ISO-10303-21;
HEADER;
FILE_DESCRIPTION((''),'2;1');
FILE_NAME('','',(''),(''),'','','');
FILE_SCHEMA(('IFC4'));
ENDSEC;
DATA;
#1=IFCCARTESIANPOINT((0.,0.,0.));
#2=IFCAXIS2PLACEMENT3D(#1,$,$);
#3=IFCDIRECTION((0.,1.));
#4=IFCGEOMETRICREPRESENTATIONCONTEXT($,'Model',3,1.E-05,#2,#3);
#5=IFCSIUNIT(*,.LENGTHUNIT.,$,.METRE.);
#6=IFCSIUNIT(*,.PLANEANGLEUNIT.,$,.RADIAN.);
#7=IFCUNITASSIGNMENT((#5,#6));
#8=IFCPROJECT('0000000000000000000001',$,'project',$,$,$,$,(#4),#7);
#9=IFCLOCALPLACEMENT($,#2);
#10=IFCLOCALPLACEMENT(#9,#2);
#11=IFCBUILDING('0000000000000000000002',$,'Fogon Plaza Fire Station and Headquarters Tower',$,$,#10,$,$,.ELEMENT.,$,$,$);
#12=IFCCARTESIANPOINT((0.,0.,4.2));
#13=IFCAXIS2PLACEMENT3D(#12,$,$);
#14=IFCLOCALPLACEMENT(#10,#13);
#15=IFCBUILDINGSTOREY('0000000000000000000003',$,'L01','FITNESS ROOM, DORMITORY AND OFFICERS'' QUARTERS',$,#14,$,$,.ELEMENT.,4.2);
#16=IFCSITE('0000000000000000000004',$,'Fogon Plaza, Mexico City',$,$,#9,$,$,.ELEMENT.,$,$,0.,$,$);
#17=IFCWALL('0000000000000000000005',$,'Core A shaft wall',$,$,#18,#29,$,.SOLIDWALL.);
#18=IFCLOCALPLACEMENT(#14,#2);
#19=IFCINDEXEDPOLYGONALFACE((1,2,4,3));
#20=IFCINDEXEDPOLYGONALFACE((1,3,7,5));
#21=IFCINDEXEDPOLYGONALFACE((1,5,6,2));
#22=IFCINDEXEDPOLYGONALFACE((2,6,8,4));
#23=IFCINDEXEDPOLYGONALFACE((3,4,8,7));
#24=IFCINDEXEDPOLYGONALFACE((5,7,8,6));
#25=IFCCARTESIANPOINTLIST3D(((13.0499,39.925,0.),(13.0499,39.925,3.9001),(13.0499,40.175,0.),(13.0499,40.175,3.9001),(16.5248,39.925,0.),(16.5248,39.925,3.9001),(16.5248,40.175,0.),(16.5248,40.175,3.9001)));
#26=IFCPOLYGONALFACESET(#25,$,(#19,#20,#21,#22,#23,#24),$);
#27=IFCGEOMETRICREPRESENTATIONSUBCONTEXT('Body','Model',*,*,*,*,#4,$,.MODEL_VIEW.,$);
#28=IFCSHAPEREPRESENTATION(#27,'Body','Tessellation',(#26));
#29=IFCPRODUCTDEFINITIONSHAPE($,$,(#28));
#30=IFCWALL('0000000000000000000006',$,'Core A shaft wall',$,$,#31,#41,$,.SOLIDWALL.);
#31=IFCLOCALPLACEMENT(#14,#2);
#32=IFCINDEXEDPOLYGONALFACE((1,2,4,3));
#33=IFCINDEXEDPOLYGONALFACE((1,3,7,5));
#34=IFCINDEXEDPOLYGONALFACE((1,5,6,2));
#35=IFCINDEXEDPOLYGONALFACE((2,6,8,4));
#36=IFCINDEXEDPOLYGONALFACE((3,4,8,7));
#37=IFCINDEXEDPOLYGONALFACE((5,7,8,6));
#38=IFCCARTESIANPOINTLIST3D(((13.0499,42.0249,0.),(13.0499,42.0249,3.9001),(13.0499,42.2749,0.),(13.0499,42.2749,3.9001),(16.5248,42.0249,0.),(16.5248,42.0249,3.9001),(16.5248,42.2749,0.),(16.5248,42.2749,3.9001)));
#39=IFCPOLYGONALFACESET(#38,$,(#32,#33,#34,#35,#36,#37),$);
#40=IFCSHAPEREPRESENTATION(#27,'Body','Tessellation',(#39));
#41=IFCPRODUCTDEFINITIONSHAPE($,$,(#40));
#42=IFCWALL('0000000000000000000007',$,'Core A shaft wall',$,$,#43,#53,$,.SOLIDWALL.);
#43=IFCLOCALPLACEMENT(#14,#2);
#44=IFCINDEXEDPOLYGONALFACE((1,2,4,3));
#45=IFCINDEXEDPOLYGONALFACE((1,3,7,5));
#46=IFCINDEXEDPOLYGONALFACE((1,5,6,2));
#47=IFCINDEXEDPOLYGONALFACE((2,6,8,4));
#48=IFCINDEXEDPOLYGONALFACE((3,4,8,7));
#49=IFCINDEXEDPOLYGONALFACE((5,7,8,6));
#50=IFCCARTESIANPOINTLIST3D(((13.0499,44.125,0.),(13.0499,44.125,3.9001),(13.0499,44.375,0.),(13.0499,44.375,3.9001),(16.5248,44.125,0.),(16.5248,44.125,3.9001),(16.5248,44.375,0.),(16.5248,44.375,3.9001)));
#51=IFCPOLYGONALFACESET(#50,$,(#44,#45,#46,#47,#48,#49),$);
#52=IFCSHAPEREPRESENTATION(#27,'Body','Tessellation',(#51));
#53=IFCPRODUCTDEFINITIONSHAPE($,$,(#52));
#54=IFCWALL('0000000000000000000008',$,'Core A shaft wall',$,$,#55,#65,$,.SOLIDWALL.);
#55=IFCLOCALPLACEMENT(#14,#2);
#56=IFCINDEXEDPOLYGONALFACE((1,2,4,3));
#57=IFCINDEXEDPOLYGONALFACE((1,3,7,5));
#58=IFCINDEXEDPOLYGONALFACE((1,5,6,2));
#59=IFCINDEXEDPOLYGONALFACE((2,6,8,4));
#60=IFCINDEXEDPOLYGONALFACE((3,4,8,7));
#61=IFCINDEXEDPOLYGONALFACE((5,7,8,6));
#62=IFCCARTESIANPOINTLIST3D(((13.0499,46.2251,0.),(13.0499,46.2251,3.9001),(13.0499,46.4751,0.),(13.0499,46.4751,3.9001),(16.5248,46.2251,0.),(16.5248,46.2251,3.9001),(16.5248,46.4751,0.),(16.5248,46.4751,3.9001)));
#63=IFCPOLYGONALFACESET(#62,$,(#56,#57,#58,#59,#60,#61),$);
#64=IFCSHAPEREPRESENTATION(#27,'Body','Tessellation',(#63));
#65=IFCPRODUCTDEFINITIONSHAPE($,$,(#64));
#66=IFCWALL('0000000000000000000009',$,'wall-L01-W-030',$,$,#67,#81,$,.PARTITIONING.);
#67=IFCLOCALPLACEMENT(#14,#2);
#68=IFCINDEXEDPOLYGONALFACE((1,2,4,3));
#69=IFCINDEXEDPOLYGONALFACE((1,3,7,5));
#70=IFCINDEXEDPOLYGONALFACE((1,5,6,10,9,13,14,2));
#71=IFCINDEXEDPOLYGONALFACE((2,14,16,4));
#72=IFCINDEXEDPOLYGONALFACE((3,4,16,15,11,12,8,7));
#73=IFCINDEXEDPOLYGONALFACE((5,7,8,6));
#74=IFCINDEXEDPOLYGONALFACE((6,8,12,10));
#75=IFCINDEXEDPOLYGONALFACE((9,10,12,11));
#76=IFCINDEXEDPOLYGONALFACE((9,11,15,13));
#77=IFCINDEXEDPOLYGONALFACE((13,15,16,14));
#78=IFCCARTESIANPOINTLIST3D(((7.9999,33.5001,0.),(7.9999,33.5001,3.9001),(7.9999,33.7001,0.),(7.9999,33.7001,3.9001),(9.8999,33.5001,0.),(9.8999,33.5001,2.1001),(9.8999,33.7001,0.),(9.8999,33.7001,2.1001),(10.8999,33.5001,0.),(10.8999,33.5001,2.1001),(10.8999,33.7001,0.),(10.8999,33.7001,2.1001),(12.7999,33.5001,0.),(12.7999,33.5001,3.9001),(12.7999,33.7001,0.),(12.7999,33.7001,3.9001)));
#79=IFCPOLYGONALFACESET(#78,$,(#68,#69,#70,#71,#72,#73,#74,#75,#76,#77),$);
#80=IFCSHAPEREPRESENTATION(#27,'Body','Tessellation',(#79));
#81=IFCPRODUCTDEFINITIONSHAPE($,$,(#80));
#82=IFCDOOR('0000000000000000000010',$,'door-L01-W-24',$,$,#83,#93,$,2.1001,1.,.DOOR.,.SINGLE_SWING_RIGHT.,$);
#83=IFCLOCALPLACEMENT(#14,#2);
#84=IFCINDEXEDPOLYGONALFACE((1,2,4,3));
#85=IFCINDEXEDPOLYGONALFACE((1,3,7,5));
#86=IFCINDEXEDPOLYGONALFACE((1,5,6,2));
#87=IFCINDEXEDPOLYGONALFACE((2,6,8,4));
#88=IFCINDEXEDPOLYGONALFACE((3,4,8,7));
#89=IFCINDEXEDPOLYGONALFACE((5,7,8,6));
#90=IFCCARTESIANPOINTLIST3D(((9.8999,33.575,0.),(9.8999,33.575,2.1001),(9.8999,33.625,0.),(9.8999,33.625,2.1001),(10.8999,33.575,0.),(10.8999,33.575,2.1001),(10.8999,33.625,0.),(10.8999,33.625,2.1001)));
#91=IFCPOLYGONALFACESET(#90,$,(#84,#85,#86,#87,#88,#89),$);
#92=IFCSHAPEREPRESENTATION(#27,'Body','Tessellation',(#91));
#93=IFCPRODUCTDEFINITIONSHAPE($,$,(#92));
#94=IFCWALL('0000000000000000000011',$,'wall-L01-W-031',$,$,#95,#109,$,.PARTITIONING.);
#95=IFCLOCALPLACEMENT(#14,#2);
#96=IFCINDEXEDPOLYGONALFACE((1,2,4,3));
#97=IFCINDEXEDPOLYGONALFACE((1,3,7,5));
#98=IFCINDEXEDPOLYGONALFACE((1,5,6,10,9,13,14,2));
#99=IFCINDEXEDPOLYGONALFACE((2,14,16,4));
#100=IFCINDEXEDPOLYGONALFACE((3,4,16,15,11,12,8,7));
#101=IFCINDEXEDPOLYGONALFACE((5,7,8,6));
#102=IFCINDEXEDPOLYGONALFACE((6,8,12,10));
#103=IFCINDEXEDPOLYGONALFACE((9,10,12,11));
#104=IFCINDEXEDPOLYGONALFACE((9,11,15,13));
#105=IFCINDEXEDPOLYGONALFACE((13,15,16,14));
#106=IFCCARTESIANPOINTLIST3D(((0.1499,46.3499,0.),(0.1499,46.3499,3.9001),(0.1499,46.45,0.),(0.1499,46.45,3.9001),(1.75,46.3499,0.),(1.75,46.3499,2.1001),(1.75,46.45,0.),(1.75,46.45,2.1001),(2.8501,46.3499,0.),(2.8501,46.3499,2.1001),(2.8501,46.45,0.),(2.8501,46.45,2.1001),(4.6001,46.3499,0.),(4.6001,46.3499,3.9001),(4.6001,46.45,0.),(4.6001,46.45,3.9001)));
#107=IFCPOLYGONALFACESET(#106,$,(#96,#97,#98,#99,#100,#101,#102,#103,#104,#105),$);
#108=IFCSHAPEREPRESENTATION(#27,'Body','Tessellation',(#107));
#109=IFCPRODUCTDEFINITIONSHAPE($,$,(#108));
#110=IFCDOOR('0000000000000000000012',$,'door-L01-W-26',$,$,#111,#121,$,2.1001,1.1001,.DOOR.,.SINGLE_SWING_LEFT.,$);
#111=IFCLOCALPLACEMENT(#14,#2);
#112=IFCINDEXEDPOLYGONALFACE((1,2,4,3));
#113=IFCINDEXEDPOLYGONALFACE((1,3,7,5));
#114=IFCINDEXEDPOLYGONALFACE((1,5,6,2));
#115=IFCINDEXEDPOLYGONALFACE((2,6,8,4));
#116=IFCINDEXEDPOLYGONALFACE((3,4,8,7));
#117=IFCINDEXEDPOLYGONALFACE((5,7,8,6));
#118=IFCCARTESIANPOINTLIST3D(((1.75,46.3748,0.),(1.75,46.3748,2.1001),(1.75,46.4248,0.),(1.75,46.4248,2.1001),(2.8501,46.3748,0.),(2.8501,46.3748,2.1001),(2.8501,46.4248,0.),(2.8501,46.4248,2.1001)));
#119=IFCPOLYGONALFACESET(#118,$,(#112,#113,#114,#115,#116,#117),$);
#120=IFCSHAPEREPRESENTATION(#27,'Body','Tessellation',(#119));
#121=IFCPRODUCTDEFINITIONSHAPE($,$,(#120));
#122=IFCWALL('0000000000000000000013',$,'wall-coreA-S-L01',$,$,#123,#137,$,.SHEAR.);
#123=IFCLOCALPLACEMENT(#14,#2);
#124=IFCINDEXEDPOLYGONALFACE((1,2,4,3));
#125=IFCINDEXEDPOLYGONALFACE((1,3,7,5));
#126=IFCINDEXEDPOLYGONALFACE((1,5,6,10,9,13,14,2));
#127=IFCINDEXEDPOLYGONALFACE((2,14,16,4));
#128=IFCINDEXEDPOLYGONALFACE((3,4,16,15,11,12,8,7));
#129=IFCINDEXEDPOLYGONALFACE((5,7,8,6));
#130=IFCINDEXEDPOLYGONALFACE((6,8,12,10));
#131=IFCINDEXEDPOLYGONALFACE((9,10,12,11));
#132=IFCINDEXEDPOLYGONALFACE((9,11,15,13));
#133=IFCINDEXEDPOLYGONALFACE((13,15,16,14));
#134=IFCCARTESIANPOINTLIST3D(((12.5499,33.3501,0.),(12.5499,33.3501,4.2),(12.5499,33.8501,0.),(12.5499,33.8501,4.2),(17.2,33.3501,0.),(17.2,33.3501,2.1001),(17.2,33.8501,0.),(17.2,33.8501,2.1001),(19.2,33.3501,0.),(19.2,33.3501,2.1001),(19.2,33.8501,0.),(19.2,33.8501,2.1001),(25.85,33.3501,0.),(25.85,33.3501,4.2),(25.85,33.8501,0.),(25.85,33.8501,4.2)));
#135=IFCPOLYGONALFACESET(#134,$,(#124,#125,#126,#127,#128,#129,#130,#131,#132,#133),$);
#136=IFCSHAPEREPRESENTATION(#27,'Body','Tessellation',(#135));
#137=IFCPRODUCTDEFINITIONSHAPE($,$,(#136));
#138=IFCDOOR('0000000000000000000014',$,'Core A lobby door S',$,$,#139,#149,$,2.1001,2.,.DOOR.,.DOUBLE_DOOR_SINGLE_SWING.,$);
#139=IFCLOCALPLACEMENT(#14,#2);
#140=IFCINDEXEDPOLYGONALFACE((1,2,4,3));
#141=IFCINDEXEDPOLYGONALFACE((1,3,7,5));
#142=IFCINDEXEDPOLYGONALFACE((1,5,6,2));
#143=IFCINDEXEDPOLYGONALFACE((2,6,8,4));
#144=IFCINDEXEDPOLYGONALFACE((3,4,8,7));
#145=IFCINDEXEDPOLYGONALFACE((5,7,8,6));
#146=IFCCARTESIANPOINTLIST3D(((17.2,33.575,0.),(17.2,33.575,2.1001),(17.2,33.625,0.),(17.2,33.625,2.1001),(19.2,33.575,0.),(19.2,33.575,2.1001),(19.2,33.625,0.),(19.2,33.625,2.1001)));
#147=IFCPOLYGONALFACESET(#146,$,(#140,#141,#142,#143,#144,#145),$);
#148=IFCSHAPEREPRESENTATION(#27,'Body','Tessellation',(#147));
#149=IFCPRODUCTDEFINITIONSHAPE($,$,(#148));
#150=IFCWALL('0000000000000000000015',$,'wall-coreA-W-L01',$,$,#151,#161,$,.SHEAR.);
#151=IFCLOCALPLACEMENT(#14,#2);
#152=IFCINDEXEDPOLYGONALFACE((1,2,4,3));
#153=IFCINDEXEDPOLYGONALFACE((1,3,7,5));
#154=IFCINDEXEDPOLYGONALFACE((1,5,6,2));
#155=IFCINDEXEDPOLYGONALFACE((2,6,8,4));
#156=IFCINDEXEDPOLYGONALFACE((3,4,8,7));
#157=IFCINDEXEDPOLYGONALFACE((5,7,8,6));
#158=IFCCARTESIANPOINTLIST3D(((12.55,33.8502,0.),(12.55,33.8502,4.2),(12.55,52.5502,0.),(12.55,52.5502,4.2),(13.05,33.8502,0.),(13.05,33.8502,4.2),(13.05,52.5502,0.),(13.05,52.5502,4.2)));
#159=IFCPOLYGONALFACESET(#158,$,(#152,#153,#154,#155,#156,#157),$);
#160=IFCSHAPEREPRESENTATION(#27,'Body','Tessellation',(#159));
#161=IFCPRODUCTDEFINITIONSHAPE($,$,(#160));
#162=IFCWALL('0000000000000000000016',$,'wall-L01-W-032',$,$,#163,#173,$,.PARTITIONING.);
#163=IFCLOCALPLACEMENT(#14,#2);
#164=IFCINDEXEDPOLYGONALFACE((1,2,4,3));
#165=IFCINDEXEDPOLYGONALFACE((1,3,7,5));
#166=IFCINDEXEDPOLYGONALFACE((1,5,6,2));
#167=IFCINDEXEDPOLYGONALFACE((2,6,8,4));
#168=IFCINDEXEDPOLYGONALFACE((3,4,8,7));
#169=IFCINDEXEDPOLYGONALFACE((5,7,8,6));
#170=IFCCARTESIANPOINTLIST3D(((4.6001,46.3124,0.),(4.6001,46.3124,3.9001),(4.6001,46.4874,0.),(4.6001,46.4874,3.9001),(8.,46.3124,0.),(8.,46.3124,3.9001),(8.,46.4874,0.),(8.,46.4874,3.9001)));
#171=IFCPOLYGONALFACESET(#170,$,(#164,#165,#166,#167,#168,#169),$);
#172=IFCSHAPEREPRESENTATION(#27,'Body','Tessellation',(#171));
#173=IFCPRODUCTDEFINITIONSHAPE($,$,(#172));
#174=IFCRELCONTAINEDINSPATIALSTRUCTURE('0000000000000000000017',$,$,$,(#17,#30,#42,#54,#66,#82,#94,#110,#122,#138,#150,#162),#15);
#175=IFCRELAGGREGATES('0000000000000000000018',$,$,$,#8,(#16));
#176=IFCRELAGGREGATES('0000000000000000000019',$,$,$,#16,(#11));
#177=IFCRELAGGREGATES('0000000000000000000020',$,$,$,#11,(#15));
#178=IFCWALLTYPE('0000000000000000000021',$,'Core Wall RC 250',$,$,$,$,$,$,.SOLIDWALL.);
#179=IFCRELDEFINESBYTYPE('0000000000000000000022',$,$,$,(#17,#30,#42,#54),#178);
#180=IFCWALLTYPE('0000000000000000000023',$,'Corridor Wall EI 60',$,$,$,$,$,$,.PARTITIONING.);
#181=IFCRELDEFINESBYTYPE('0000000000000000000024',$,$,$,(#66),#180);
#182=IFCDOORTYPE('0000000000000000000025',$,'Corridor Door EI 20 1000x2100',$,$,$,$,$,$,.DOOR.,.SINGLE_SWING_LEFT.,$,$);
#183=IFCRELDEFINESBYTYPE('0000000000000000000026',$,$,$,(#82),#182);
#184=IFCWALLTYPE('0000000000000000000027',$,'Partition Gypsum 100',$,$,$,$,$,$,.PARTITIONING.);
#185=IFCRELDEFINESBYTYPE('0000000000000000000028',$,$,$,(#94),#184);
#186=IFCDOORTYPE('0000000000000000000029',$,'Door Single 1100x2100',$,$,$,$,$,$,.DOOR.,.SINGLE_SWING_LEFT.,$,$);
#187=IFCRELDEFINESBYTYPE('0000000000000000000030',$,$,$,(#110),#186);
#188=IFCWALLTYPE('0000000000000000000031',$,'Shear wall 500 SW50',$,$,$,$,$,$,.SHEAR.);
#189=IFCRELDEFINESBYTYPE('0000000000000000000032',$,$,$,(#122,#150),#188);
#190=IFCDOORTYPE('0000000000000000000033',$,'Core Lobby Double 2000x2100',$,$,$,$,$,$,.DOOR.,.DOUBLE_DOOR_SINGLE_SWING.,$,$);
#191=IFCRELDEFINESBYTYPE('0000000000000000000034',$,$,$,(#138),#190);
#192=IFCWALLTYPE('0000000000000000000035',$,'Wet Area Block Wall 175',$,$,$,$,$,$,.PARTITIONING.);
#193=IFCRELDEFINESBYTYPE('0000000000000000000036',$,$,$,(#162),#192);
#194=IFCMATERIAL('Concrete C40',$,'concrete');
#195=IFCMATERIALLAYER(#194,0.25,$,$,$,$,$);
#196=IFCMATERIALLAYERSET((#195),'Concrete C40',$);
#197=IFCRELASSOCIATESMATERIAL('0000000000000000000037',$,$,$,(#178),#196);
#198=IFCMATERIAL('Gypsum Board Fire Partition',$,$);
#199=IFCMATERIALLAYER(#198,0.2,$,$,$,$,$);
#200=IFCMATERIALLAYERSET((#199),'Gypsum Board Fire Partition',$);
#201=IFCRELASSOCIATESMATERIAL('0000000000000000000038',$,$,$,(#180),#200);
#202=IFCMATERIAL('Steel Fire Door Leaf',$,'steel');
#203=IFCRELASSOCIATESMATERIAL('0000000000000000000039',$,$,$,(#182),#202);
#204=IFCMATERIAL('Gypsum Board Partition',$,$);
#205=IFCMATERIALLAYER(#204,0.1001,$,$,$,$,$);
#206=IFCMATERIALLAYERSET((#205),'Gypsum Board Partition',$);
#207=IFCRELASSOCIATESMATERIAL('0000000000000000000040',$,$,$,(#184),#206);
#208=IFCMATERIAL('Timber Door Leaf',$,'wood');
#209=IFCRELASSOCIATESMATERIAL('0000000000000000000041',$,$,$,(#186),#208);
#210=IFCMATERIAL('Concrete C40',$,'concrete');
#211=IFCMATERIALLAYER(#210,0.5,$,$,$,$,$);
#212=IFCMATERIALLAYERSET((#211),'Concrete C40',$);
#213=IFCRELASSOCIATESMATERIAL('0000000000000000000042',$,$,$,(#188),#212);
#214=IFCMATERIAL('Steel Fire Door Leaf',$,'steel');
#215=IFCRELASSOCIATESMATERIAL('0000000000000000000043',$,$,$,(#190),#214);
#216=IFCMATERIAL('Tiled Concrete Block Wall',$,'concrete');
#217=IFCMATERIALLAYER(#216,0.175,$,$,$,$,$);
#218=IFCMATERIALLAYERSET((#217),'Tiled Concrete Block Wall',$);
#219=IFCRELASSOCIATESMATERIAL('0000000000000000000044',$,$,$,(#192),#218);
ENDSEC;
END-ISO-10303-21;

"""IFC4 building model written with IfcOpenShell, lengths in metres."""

from ifc_helpers import new_model, si_unit, direction, frame, frame_2d, origin, place, context, subcontext, project, spatial, rectangle, extrude, material, layer, layer_set, type_object, element, fill, save


model = new_model("IFC4")

# Units and contexts
model_context = context("Model", 3, precision=1e-05, world=origin(), true_north=direction((0.0, 1.0)))
body_context = subcontext(model_context, "Body", "Model", "MODEL_VIEW")
ifc_project = project(units=[si_unit("LENGTHUNIT", "METRE"), si_unit("PLANEANGLEUNIT", "RADIAN")], contexts=[model_context])

# Site, building, storey
site_placement = place(None, origin())
site = spatial("IfcSite", under=ifc_project, at=site_placement, Name="Fogon Plaza, Mexico City", CompositionType="ELEMENT", RefElevation=0.0)
building_placement = place(site_placement, origin())
building = spatial("IfcBuilding", under=site, at=building_placement, Name="Fogon Plaza Fire Station and Headquarters Tower", CompositionType="ELEMENT")
storey_placement = place(building_placement, frame((0.0, 0.0, 4.2)))
storey = spatial("IfcBuildingStorey", under=building, at=storey_placement, Name="L01", Description="FITNESS ROOM, DORMITORY AND OFFICERS' QUARTERS", CompositionType="ELEMENT", Elevation=4.2)

# Walls
ifc_material_1 = material(Name="Concrete C40", Category="concrete")
ifc_layer_1 = layer(ifc_material_1, 0.25)
ifc_layer_set_1 = layer_set([ifc_layer_1], Name="Concrete C40")
wall_type_1 = type_object("IfcWallType", Name="Core Wall RC 250", PredefinedType="SOLIDWALL", material=ifc_layer_set_1)
for number, where, z_axis, x_axis, name in (
    (1, (13.05, 40.05, 0.0), (0.0, 0.0, 1.0), (1.0, 0.0, 0.0), "Core A shaft wall"),
    (2, (13.05, 42.1499, 0.0), (0.0, 0.0, 1.0), (1.0, 0.0, 0.0), "Core A shaft wall"),
    (3, (13.05, 44.25, 0.0), (0.0, 0.0, 1.0), (1.0, 0.0, 0.0), "Core A shaft wall"),
    (4, (13.05, 46.3501, 0.0), (0.0, 0.0, 1.0), (1.0, 0.0, 0.0), "Core A shaft wall"),
):
    element("IfcWall", number, at=place(storey_placement, frame(where, z_axis=z_axis, x_axis=x_axis)), inside=storey, type_object=wall_type_1, Name=name, PredefinedType="SOLIDWALL", context=body_context, shape_type="SweptSolid", body=[
        extrude(rectangle(XDim=3.4749, YDim=0.25, at=frame_2d((1.7373, 0.0))), origin(), (0.0, 0.0, 1.0), 3.9001),
    ])

# Walls, openings, doors
ifc_material_2 = material(Name="Gypsum Board Fire Partition")
ifc_layer_2 = layer(ifc_material_2, 0.2)
ifc_layer_set_2 = layer_set([ifc_layer_2], Name="Gypsum Board Fire Partition")
wall_type_2 = type_object("IfcWallType", Name="Corridor Wall EI 60", PredefinedType="PARTITIONING", material=ifc_layer_set_2)
wall_1_placement = place(storey_placement, frame((8.0, 33.6001, 0.0), z_axis=(0.0, 0.0, 1.0), x_axis=(1.0, 0.0, 0.0)))
wall_1 = element("IfcWall", 5, at=wall_1_placement, inside=storey, type_object=wall_type_2, Name="wall-L01-W-030", PredefinedType="PARTITIONING", context=body_context, shape_type="SweptSolid", body=[
    extrude(rectangle(XDim=4.8, YDim=0.2, at=frame_2d((2.3999, 0.0))), origin(), (0.0, 0.0, 1.0), 3.9001),
])
opening_1_placement = place(wall_1_placement, frame((1.8999, 0.0, 0.0)))
opening_1 = element("IfcOpeningElement", 6, at=opening_1_placement, cuts=wall_1, PredefinedType="OPENING", context=body_context, shape_type="SweptSolid", body=[
    extrude(rectangle(XDim=1.0, YDim=2.1001, at=frame_2d((0.5, 1.05))), frame((0.0, 0.1099, 0.0), z_axis=(0.0, -1.0, 0.0), x_axis=(1.0, 0.0, 0.0)), (0.0, 0.0, 1.0), 0.22),
])
ifc_material_3 = material(Name="Steel Fire Door Leaf", Category="steel")
door_type_1 = type_object("IfcDoorType", Name="Corridor Door EI 20 1000x2100", OperationType="SINGLE_SWING_LEFT", PredefinedType="DOOR", material=ifc_material_3)
door_1_placement = place(opening_1_placement, origin())
door_1 = element("IfcDoor", 7, at=door_1_placement, inside=storey, type_object=door_type_1, Name="door-L01-W-24", OperationType="SINGLE_SWING_RIGHT", OverallHeight=2.1001, OverallWidth=1.0, PredefinedType="DOOR", context=body_context, shape_type="SweptSolid", body=[
    extrude(rectangle(XDim=1.0, YDim=2.1001, at=frame_2d((0.5, 1.05))), frame((0.0, 0.0249, 0.0), z_axis=(0.0, -1.0, 0.0), x_axis=(1.0, 0.0, 0.0)), (0.0, 0.0, 1.0), 0.05),
])
fill(opening_1, door_1)
ifc_material_4 = material(Name="Gypsum Board Partition")
ifc_layer_3 = layer(ifc_material_4, 0.1001)
ifc_layer_set_3 = layer_set([ifc_layer_3], Name="Gypsum Board Partition")
wall_type_3 = type_object("IfcWallType", Name="Partition Gypsum 100", PredefinedType="PARTITIONING", material=ifc_layer_set_3)
wall_2_placement = place(storey_placement, frame((0.1499, 46.3999, 0.0), z_axis=(0.0, 0.0, 1.0), x_axis=(1.0, 0.0, 0.0)))
wall_2 = element("IfcWall", 8, at=wall_2_placement, inside=storey, type_object=wall_type_3, Name="wall-L01-W-031", PredefinedType="PARTITIONING", context=body_context, shape_type="SweptSolid", body=[
    extrude(rectangle(XDim=4.4502, YDim=0.1001, at=frame_2d((2.2251, 0.0))), origin(), (0.0, 0.0, 1.0), 3.9001),
])
opening_2_placement = place(wall_2_placement, frame((1.6001, 0.0, 0.0)))
opening_2 = element("IfcOpeningElement", 9, at=opening_2_placement, cuts=wall_2, PredefinedType="OPENING", context=body_context, shape_type="SweptSolid", body=[
    extrude(rectangle(XDim=1.1001, YDim=2.1001, at=frame_2d((0.55, 1.05))), frame((0.0, 0.0601, 0.0), z_axis=(0.0, -1.0, 0.0), x_axis=(1.0, 0.0, 0.0)), (0.0, 0.0, 1.0), 0.1201),
])
ifc_material_5 = material(Name="Timber Door Leaf", Category="wood")
door_type_2 = type_object("IfcDoorType", Name="Door Single 1100x2100", OperationType="SINGLE_SWING_LEFT", PredefinedType="DOOR", material=ifc_material_5)
door_2_placement = place(opening_2_placement, origin())
door_2 = element("IfcDoor", 10, at=door_2_placement, inside=storey, type_object=door_type_2, Name="door-L01-W-26", OperationType="SINGLE_SWING_LEFT", OverallHeight=2.1001, OverallWidth=1.1001, PredefinedType="DOOR", context=body_context, shape_type="SweptSolid", body=[
    extrude(rectangle(XDim=1.1001, YDim=2.1001, at=frame_2d((0.55, 1.05))), frame((0.0, 0.0249, 0.0), z_axis=(0.0, -1.0, 0.0), x_axis=(1.0, 0.0, 0.0)), (0.0, 0.0, 1.0), 0.05),
])
fill(opening_2, door_2)
ifc_material_6 = material(Name="Concrete C40", Category="concrete")
ifc_layer_4 = layer(ifc_material_6, 0.5)
ifc_layer_set_4 = layer_set([ifc_layer_4], Name="Concrete C40")
wall_type_4 = type_object("IfcWallType", Name="Shear wall 500 SW50", PredefinedType="SHEAR", material=ifc_layer_set_4)
wall_3_placement = place(storey_placement, frame((12.55, 33.6001, 0.0), z_axis=(0.0, 0.0, 1.0), x_axis=(1.0, 0.0, 0.0)))
wall_3 = element("IfcWall", 11, at=wall_3_placement, inside=storey, type_object=wall_type_4, Name="wall-coreA-S-L01", PredefinedType="SHEAR", context=body_context, shape_type="SweptSolid", body=[
    extrude(rectangle(XDim=13.3, YDim=0.5, at=frame_2d((6.6499, 0.0))), origin(), (0.0, 0.0, 1.0), 4.2),
])
opening_3_placement = place(wall_3_placement, frame((4.6499, 0.0, 0.0)))
opening_3 = element("IfcOpeningElement", 12, at=opening_3_placement, cuts=wall_3, PredefinedType="OPENING", context=body_context, shape_type="SweptSolid", body=[
    extrude(rectangle(XDim=2.0, YDim=2.1001, at=frame_2d((1.0, 1.05))), frame((0.0, 0.26, 0.0), z_axis=(0.0, -1.0, 0.0), x_axis=(1.0, 0.0, 0.0)), (0.0, 0.0, 1.0), 0.52),
])
ifc_material_7 = material(Name="Steel Fire Door Leaf", Category="steel")
door_type_3 = type_object("IfcDoorType", Name="Core Lobby Double 2000x2100", OperationType="DOUBLE_DOOR_SINGLE_SWING", PredefinedType="DOOR", material=ifc_material_7)
door_3_placement = place(opening_3_placement, origin())
door_3 = element("IfcDoor", 13, at=door_3_placement, inside=storey, type_object=door_type_3, Name="Core A lobby door S", OperationType="DOUBLE_DOOR_SINGLE_SWING", OverallHeight=2.1001, OverallWidth=2.0, PredefinedType="DOOR", context=body_context, shape_type="SweptSolid", body=[
    extrude(rectangle(XDim=2.0, YDim=2.1001, at=frame_2d((1.0, 1.05))), frame((0.0, 0.0249, 0.0), z_axis=(0.0, -1.0, 0.0), x_axis=(1.0, 0.0, 0.0)), (0.0, 0.0, 1.0), 0.05),
])
fill(opening_3, door_3)

# Walls
wall_4_placement = place(storey_placement, frame((12.8, 33.8501, 0.0), z_axis=(0.0, 0.0, 1.0), x_axis=(0.0, 1.0, 0.0)))
element("IfcWall", 14, at=wall_4_placement, inside=storey, type_object=wall_type_4, Name="wall-coreA-W-L01", PredefinedType="SHEAR", context=body_context, shape_type="SweptSolid", body=[
    extrude(rectangle(XDim=18.7, YDim=0.5, at=frame_2d((9.3501, 0.0))), origin(), (0.0, 0.0, 1.0), 4.2),
])
ifc_material_8 = material(Name="Tiled Concrete Block Wall", Category="concrete")
ifc_layer_5 = layer(ifc_material_8, 0.175)
ifc_layer_set_5 = layer_set([ifc_layer_5], Name="Tiled Concrete Block Wall")
wall_type_5 = type_object("IfcWallType", Name="Wet Area Block Wall 175", PredefinedType="PARTITIONING", material=ifc_layer_set_5)
wall_5_placement = place(storey_placement, frame((4.6001, 46.3999, 0.0), z_axis=(0.0, 0.0, 1.0), x_axis=(1.0, 0.0, 0.0)))
element("IfcWall", 15, at=wall_5_placement, inside=storey, type_object=wall_type_5, Name="wall-L01-W-032", PredefinedType="PARTITIONING", context=body_context, shape_type="SweptSolid", body=[
    extrude(rectangle(XDim=3.3999, YDim=0.175, at=frame_2d((1.7, 0.0))), origin(), (0.0, 0.0, 1.0), 3.9001),
])

save(model, "model.ifc")
